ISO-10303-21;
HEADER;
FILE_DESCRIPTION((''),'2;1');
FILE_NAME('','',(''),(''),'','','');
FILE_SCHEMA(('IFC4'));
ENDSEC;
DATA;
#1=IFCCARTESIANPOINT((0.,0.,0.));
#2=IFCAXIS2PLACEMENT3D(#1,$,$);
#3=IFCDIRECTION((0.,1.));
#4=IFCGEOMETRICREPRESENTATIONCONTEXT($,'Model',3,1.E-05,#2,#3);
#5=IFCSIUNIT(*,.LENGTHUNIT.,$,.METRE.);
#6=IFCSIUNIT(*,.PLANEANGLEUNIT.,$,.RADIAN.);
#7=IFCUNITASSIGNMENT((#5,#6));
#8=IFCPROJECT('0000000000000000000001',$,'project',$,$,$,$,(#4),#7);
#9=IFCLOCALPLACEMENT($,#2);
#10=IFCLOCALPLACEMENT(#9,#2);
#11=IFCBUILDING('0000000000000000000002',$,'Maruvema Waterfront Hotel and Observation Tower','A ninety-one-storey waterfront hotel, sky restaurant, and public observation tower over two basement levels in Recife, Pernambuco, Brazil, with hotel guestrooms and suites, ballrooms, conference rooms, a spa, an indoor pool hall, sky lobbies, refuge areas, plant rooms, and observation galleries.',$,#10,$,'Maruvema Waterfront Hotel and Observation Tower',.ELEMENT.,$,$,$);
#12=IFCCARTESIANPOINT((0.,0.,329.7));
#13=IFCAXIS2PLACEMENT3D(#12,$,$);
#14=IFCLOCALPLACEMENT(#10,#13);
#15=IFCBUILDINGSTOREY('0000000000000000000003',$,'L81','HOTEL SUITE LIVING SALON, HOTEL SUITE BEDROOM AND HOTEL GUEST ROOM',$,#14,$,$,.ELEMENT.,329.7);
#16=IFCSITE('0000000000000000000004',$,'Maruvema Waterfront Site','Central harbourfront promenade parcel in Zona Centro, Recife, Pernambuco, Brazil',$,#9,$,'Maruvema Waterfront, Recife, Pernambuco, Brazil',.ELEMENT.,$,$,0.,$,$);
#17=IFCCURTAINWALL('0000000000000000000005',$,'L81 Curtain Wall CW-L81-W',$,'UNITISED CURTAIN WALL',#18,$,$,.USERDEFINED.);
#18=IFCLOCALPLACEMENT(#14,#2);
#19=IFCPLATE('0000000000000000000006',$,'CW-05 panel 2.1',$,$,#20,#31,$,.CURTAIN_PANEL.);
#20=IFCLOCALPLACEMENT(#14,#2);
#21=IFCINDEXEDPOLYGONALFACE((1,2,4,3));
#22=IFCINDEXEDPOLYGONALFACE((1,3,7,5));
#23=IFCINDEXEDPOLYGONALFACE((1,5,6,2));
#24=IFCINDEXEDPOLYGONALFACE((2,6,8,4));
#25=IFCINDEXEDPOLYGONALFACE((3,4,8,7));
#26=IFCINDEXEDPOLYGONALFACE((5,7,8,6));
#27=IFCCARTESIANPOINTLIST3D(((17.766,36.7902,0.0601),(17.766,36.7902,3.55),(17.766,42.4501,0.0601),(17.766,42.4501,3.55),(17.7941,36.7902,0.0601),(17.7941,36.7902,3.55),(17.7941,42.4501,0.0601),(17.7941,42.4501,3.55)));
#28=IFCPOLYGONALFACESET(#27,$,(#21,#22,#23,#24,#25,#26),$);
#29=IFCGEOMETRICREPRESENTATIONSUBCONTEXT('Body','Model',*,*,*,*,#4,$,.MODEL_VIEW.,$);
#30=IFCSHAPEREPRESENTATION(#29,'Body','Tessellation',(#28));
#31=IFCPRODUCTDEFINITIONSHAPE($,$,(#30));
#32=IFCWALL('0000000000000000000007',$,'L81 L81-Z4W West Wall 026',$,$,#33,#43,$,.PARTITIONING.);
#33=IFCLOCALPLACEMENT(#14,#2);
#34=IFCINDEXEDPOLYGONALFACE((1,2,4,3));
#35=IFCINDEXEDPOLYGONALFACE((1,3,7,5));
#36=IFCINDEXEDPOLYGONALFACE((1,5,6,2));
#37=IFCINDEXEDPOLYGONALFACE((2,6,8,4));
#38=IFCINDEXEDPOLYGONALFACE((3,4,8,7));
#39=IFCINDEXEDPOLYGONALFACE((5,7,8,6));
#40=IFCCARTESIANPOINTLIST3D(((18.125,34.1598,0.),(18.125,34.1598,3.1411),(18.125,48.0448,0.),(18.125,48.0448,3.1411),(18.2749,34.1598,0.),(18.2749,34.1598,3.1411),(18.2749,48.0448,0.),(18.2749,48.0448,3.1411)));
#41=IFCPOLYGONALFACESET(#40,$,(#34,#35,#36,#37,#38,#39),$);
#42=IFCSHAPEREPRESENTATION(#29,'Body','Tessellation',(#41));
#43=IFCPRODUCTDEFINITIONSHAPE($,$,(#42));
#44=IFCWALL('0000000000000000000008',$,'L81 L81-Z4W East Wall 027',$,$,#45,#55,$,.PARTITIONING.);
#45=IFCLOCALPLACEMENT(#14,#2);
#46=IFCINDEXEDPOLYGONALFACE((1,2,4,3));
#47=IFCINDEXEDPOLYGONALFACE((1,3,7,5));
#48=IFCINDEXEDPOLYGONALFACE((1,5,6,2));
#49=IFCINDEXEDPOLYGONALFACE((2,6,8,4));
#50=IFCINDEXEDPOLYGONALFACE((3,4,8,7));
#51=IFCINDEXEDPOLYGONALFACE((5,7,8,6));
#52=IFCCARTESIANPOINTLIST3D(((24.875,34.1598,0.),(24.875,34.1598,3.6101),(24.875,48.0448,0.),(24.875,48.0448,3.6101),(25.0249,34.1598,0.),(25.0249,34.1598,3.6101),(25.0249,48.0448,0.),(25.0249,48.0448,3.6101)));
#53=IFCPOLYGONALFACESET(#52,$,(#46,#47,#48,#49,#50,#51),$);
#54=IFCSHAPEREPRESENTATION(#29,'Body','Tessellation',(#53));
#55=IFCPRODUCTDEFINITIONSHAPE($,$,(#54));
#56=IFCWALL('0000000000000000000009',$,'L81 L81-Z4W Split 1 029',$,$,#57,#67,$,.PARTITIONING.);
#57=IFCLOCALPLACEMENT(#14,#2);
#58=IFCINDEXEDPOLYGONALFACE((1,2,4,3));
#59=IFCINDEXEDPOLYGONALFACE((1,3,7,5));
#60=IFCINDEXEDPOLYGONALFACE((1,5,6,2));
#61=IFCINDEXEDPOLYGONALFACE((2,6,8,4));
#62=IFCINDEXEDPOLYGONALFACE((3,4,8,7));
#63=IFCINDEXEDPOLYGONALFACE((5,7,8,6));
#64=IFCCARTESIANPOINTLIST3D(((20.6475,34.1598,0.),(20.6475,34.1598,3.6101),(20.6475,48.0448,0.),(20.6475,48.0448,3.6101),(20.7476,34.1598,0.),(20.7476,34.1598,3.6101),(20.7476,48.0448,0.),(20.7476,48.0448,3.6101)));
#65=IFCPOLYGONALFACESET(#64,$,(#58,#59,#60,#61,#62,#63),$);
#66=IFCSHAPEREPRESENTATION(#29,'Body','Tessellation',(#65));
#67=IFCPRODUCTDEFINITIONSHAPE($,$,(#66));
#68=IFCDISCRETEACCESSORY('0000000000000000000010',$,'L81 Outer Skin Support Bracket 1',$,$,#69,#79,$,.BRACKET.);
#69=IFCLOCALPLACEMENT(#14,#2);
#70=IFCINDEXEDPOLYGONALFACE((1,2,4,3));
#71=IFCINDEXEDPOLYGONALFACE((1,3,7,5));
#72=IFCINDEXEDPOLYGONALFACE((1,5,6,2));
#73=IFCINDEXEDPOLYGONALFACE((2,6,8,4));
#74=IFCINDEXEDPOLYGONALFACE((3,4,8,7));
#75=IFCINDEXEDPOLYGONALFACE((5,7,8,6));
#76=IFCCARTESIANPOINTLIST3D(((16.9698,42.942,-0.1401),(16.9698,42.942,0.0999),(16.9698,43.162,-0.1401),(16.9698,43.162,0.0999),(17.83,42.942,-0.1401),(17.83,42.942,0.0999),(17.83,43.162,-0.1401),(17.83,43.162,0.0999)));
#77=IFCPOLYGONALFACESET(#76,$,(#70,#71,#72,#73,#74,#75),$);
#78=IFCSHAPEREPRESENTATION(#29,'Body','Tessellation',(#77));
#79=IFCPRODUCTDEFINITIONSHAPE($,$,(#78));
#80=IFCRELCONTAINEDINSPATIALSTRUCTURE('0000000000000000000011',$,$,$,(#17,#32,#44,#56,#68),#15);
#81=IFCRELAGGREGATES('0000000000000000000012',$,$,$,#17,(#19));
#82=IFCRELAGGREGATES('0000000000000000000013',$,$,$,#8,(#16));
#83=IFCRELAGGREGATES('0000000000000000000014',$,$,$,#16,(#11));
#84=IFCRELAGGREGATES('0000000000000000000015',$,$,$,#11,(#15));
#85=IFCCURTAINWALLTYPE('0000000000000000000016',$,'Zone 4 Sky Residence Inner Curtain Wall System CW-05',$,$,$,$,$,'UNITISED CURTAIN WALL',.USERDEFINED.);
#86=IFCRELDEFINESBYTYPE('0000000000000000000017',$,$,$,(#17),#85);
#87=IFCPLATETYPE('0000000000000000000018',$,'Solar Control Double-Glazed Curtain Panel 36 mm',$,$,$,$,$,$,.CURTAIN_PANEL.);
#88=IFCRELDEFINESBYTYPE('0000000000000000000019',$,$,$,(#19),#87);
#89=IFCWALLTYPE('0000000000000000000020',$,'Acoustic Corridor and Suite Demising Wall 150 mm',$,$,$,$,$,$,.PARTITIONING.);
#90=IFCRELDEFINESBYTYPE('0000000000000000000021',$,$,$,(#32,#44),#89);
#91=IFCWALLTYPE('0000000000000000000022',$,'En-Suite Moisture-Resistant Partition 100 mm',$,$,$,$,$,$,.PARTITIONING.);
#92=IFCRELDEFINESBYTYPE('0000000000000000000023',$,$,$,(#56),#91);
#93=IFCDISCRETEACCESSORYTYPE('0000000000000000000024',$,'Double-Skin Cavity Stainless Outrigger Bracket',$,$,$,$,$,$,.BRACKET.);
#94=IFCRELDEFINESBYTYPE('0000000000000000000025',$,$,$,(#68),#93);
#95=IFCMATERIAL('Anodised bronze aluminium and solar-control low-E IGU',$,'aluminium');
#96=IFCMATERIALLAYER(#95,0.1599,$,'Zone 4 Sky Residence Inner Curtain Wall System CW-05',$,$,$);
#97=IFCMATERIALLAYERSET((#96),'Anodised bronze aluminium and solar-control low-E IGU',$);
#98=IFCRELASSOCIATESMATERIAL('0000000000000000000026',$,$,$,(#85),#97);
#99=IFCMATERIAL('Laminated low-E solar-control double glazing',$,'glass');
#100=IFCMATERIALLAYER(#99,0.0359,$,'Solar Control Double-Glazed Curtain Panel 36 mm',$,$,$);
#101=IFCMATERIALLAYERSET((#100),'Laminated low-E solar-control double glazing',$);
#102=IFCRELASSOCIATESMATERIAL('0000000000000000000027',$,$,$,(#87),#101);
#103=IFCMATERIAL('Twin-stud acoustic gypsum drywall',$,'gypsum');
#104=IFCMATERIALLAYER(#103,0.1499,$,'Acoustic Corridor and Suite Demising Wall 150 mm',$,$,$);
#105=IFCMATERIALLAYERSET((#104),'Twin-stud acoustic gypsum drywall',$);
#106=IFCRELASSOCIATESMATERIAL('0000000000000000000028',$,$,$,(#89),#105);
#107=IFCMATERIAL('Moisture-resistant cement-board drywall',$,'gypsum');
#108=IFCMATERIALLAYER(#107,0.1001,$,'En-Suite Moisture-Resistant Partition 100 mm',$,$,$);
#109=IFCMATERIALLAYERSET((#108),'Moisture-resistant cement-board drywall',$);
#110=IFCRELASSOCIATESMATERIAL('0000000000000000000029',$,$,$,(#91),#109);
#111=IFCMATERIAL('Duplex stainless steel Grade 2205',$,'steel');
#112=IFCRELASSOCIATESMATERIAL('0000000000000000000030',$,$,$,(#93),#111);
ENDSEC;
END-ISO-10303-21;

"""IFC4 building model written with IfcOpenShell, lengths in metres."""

from ifc_helpers import new_model, si_unit, direction, frame, frame_2d, origin, origin_2d, place, context, subcontext, project, spatial, rectangle, extrude, material, layer, layer_set, type_object, element, aggregate, save


model = new_model("IFC4")

# Units and contexts
model_context = context("Model", 3, precision=1e-05, world=origin(), true_north=direction((0.0, 1.0)))
body_context = subcontext(model_context, "Body", "Model", "MODEL_VIEW")
ifc_project = project(units=[si_unit("LENGTHUNIT", "METRE"), si_unit("PLANEANGLEUNIT", "RADIAN")], contexts=[model_context])

# Site, building, storey
site_placement = place(None, origin())
site = spatial("IfcSite", under=ifc_project, at=site_placement, Name="Maruvema Waterfront Site", Description="Central harbourfront promenade parcel in Zona Centro, Recife, Pernambuco, Brazil", LongName="Maruvema Waterfront, Recife, Pernambuco, Brazil", CompositionType="ELEMENT", RefElevation=0.0)
building_placement = place(site_placement, origin())
building = spatial("IfcBuilding", under=site, at=building_placement, Name="Maruvema Waterfront Hotel and Observation Tower", Description="A ninety-one-storey waterfront hotel, sky restaurant, and public observation tower over two basement levels in Recife, Pernambuco, Brazil, with hotel guestrooms and suites, ballrooms, conference rooms, a spa, an indoor pool hall, sky lobbies, refuge areas, plant rooms, and observation galleries.", LongName="Maruvema Waterfront Hotel and Observation Tower", CompositionType="ELEMENT")
storey_placement = place(building_placement, frame((0.0, 0.0, 329.7)))
storey = spatial("IfcBuildingStorey", under=building, at=storey_placement, Name="L81", Description="HOTEL SUITE LIVING SALON, HOTEL SUITE BEDROOM AND HOTEL GUEST ROOM", CompositionType="ELEMENT", Elevation=329.7)

# Curtain wall
ifc_material_1 = material(Name="Anodised bronze aluminium and solar-control low-E IGU", Category="aluminium")
ifc_layer_1 = layer(ifc_material_1, 0.1599, Name="Zone 4 Sky Residence Inner Curtain Wall System CW-05")
ifc_layer_set_1 = layer_set([ifc_layer_1], Name="Anodised bronze aluminium and solar-control low-E IGU")
curtain_wall_type = type_object("IfcCurtainWallType", Name="Zone 4 Sky Residence Inner Curtain Wall System CW-05", ElementType="UNITISED CURTAIN WALL", PredefinedType="USERDEFINED", material=ifc_layer_set_1)
curtain_wall_placement = place(storey_placement, origin())
curtain_wall = element("IfcCurtainWall", 1, at=curtain_wall_placement, inside=storey, type_object=curtain_wall_type, Name="L81 Curtain Wall CW-L81-W", ObjectType="UNITISED CURTAIN WALL", PredefinedType="USERDEFINED")

# Plate
ifc_material_2 = material(Name="Laminated low-E solar-control double glazing", Category="glass")
ifc_layer_2 = layer(ifc_material_2, 0.0359, Name="Solar Control Double-Glazed Curtain Panel 36 mm")
ifc_layer_set_2 = layer_set([ifc_layer_2], Name="Laminated low-E solar-control double glazing")
plate_type = type_object("IfcPlateType", Name="Solar Control Double-Glazed Curtain Panel 36 mm", PredefinedType="CURTAIN_PANEL", material=ifc_layer_set_2)
plate_placement = place(storey_placement, frame((17.78, 39.6201, 0.0601), z_axis=(0.0, 0.0, 1.0), x_axis=(0.0, -1.0, 0.0)))
plate = element("IfcPlate", 2, at=plate_placement, type_object=plate_type, Name="CW-05 panel 2.1", PredefinedType="CURTAIN_PANEL", context=body_context, shape_type="SweptSolid", body=[
    extrude(rectangle(XDim=5.6599, YDim=0.0281, at=origin_2d()), origin(), (0.0, 0.0, 1.0), 3.49),
])
aggregate(curtain_wall, [plate])

# Walls
ifc_material_3 = material(Name="Twin-stud acoustic gypsum drywall", Category="gypsum")
ifc_layer_3 = layer(ifc_material_3, 0.1499, Name="Acoustic Corridor and Suite Demising Wall 150 mm")
ifc_layer_set_3 = layer_set([ifc_layer_3], Name="Twin-stud acoustic gypsum drywall")
wall_type_1 = type_object("IfcWallType", Name="Acoustic Corridor and Suite Demising Wall 150 mm", PredefinedType="PARTITIONING", material=ifc_layer_set_3)
wall_1_placement = place(storey_placement, frame((18.2, 34.1599, 0.0), z_axis=(0.0, 0.0, 1.0), x_axis=(0.0, 1.0, 0.0)))
element("IfcWall", 3, at=wall_1_placement, inside=storey, type_object=wall_type_1, Name="L81 L81-Z4W West Wall 026", PredefinedType="PARTITIONING", context=body_context, shape_type="SweptSolid", body=[
    extrude(rectangle(XDim=13.885, YDim=0.1499, at=frame_2d((6.9424, 0.0))), origin(), (0.0, 0.0, 1.0), 3.1411),
])
wall_2_placement = place(storey_placement, frame((24.95, 34.1599, 0.0), z_axis=(0.0, 0.0, 1.0), x_axis=(0.0, 1.0, 0.0)))
element("IfcWall", 4, at=wall_2_placement, inside=storey, type_object=wall_type_1, Name="L81 L81-Z4W East Wall 027", PredefinedType="PARTITIONING", context=body_context, shape_type="SweptSolid", body=[
    extrude(rectangle(XDim=13.885, YDim=0.1499, at=frame_2d((6.9424, 0.0))), origin(), (0.0, 0.0, 1.0), 3.6101),
])

# Wall
ifc_material_4 = material(Name="Moisture-resistant cement-board drywall", Category="gypsum")
ifc_layer_4 = layer(ifc_material_4, 0.1001, Name="En-Suite Moisture-Resistant Partition 100 mm")
ifc_layer_set_4 = layer_set([ifc_layer_4], Name="Moisture-resistant cement-board drywall")
wall_type_2 = type_object("IfcWallType", Name="En-Suite Moisture-Resistant Partition 100 mm", PredefinedType="PARTITIONING", material=ifc_layer_set_4)
wall_3_placement = place(storey_placement, frame((20.6975, 34.1599, 0.0), z_axis=(0.0, 0.0, 1.0), x_axis=(0.0, 1.0, 0.0)))
element("IfcWall", 5, at=wall_3_placement, inside=storey, type_object=wall_type_2, Name="L81 L81-Z4W Split 1 029", PredefinedType="PARTITIONING", context=body_context, shape_type="SweptSolid", body=[
    extrude(rectangle(XDim=13.885, YDim=0.1001, at=frame_2d((6.9424, 0.0))), origin(), (0.0, 0.0, 1.0), 3.6101),
])

# Discrete accessory
ifc_material_5 = material(Name="Duplex stainless steel Grade 2205", Category="steel")
discrete_accessory_type = type_object("IfcDiscreteAccessoryType", Name="Double-Skin Cavity Stainless Outrigger Bracket", PredefinedType="BRACKET", material=ifc_material_5)
discrete_accessory_placement = place(storey_placement, frame((17.3999, 43.052, -0.1401), z_axis=(0.0, 0.0, 1.0), x_axis=(0.0, -1.0, 0.0)))
element("IfcDiscreteAccessory", 6, at=discrete_accessory_placement, inside=storey, type_object=discrete_accessory_type, Name="L81 Outer Skin Support Bracket 1", PredefinedType="BRACKET", context=body_context, shape_type="SweptSolid", body=[
    extrude(rectangle(XDim=0.22, YDim=0.8601, at=origin_2d()), origin(), (0.0, 0.0, 1.0), 0.24),
])

save(model, "model.ifc")
